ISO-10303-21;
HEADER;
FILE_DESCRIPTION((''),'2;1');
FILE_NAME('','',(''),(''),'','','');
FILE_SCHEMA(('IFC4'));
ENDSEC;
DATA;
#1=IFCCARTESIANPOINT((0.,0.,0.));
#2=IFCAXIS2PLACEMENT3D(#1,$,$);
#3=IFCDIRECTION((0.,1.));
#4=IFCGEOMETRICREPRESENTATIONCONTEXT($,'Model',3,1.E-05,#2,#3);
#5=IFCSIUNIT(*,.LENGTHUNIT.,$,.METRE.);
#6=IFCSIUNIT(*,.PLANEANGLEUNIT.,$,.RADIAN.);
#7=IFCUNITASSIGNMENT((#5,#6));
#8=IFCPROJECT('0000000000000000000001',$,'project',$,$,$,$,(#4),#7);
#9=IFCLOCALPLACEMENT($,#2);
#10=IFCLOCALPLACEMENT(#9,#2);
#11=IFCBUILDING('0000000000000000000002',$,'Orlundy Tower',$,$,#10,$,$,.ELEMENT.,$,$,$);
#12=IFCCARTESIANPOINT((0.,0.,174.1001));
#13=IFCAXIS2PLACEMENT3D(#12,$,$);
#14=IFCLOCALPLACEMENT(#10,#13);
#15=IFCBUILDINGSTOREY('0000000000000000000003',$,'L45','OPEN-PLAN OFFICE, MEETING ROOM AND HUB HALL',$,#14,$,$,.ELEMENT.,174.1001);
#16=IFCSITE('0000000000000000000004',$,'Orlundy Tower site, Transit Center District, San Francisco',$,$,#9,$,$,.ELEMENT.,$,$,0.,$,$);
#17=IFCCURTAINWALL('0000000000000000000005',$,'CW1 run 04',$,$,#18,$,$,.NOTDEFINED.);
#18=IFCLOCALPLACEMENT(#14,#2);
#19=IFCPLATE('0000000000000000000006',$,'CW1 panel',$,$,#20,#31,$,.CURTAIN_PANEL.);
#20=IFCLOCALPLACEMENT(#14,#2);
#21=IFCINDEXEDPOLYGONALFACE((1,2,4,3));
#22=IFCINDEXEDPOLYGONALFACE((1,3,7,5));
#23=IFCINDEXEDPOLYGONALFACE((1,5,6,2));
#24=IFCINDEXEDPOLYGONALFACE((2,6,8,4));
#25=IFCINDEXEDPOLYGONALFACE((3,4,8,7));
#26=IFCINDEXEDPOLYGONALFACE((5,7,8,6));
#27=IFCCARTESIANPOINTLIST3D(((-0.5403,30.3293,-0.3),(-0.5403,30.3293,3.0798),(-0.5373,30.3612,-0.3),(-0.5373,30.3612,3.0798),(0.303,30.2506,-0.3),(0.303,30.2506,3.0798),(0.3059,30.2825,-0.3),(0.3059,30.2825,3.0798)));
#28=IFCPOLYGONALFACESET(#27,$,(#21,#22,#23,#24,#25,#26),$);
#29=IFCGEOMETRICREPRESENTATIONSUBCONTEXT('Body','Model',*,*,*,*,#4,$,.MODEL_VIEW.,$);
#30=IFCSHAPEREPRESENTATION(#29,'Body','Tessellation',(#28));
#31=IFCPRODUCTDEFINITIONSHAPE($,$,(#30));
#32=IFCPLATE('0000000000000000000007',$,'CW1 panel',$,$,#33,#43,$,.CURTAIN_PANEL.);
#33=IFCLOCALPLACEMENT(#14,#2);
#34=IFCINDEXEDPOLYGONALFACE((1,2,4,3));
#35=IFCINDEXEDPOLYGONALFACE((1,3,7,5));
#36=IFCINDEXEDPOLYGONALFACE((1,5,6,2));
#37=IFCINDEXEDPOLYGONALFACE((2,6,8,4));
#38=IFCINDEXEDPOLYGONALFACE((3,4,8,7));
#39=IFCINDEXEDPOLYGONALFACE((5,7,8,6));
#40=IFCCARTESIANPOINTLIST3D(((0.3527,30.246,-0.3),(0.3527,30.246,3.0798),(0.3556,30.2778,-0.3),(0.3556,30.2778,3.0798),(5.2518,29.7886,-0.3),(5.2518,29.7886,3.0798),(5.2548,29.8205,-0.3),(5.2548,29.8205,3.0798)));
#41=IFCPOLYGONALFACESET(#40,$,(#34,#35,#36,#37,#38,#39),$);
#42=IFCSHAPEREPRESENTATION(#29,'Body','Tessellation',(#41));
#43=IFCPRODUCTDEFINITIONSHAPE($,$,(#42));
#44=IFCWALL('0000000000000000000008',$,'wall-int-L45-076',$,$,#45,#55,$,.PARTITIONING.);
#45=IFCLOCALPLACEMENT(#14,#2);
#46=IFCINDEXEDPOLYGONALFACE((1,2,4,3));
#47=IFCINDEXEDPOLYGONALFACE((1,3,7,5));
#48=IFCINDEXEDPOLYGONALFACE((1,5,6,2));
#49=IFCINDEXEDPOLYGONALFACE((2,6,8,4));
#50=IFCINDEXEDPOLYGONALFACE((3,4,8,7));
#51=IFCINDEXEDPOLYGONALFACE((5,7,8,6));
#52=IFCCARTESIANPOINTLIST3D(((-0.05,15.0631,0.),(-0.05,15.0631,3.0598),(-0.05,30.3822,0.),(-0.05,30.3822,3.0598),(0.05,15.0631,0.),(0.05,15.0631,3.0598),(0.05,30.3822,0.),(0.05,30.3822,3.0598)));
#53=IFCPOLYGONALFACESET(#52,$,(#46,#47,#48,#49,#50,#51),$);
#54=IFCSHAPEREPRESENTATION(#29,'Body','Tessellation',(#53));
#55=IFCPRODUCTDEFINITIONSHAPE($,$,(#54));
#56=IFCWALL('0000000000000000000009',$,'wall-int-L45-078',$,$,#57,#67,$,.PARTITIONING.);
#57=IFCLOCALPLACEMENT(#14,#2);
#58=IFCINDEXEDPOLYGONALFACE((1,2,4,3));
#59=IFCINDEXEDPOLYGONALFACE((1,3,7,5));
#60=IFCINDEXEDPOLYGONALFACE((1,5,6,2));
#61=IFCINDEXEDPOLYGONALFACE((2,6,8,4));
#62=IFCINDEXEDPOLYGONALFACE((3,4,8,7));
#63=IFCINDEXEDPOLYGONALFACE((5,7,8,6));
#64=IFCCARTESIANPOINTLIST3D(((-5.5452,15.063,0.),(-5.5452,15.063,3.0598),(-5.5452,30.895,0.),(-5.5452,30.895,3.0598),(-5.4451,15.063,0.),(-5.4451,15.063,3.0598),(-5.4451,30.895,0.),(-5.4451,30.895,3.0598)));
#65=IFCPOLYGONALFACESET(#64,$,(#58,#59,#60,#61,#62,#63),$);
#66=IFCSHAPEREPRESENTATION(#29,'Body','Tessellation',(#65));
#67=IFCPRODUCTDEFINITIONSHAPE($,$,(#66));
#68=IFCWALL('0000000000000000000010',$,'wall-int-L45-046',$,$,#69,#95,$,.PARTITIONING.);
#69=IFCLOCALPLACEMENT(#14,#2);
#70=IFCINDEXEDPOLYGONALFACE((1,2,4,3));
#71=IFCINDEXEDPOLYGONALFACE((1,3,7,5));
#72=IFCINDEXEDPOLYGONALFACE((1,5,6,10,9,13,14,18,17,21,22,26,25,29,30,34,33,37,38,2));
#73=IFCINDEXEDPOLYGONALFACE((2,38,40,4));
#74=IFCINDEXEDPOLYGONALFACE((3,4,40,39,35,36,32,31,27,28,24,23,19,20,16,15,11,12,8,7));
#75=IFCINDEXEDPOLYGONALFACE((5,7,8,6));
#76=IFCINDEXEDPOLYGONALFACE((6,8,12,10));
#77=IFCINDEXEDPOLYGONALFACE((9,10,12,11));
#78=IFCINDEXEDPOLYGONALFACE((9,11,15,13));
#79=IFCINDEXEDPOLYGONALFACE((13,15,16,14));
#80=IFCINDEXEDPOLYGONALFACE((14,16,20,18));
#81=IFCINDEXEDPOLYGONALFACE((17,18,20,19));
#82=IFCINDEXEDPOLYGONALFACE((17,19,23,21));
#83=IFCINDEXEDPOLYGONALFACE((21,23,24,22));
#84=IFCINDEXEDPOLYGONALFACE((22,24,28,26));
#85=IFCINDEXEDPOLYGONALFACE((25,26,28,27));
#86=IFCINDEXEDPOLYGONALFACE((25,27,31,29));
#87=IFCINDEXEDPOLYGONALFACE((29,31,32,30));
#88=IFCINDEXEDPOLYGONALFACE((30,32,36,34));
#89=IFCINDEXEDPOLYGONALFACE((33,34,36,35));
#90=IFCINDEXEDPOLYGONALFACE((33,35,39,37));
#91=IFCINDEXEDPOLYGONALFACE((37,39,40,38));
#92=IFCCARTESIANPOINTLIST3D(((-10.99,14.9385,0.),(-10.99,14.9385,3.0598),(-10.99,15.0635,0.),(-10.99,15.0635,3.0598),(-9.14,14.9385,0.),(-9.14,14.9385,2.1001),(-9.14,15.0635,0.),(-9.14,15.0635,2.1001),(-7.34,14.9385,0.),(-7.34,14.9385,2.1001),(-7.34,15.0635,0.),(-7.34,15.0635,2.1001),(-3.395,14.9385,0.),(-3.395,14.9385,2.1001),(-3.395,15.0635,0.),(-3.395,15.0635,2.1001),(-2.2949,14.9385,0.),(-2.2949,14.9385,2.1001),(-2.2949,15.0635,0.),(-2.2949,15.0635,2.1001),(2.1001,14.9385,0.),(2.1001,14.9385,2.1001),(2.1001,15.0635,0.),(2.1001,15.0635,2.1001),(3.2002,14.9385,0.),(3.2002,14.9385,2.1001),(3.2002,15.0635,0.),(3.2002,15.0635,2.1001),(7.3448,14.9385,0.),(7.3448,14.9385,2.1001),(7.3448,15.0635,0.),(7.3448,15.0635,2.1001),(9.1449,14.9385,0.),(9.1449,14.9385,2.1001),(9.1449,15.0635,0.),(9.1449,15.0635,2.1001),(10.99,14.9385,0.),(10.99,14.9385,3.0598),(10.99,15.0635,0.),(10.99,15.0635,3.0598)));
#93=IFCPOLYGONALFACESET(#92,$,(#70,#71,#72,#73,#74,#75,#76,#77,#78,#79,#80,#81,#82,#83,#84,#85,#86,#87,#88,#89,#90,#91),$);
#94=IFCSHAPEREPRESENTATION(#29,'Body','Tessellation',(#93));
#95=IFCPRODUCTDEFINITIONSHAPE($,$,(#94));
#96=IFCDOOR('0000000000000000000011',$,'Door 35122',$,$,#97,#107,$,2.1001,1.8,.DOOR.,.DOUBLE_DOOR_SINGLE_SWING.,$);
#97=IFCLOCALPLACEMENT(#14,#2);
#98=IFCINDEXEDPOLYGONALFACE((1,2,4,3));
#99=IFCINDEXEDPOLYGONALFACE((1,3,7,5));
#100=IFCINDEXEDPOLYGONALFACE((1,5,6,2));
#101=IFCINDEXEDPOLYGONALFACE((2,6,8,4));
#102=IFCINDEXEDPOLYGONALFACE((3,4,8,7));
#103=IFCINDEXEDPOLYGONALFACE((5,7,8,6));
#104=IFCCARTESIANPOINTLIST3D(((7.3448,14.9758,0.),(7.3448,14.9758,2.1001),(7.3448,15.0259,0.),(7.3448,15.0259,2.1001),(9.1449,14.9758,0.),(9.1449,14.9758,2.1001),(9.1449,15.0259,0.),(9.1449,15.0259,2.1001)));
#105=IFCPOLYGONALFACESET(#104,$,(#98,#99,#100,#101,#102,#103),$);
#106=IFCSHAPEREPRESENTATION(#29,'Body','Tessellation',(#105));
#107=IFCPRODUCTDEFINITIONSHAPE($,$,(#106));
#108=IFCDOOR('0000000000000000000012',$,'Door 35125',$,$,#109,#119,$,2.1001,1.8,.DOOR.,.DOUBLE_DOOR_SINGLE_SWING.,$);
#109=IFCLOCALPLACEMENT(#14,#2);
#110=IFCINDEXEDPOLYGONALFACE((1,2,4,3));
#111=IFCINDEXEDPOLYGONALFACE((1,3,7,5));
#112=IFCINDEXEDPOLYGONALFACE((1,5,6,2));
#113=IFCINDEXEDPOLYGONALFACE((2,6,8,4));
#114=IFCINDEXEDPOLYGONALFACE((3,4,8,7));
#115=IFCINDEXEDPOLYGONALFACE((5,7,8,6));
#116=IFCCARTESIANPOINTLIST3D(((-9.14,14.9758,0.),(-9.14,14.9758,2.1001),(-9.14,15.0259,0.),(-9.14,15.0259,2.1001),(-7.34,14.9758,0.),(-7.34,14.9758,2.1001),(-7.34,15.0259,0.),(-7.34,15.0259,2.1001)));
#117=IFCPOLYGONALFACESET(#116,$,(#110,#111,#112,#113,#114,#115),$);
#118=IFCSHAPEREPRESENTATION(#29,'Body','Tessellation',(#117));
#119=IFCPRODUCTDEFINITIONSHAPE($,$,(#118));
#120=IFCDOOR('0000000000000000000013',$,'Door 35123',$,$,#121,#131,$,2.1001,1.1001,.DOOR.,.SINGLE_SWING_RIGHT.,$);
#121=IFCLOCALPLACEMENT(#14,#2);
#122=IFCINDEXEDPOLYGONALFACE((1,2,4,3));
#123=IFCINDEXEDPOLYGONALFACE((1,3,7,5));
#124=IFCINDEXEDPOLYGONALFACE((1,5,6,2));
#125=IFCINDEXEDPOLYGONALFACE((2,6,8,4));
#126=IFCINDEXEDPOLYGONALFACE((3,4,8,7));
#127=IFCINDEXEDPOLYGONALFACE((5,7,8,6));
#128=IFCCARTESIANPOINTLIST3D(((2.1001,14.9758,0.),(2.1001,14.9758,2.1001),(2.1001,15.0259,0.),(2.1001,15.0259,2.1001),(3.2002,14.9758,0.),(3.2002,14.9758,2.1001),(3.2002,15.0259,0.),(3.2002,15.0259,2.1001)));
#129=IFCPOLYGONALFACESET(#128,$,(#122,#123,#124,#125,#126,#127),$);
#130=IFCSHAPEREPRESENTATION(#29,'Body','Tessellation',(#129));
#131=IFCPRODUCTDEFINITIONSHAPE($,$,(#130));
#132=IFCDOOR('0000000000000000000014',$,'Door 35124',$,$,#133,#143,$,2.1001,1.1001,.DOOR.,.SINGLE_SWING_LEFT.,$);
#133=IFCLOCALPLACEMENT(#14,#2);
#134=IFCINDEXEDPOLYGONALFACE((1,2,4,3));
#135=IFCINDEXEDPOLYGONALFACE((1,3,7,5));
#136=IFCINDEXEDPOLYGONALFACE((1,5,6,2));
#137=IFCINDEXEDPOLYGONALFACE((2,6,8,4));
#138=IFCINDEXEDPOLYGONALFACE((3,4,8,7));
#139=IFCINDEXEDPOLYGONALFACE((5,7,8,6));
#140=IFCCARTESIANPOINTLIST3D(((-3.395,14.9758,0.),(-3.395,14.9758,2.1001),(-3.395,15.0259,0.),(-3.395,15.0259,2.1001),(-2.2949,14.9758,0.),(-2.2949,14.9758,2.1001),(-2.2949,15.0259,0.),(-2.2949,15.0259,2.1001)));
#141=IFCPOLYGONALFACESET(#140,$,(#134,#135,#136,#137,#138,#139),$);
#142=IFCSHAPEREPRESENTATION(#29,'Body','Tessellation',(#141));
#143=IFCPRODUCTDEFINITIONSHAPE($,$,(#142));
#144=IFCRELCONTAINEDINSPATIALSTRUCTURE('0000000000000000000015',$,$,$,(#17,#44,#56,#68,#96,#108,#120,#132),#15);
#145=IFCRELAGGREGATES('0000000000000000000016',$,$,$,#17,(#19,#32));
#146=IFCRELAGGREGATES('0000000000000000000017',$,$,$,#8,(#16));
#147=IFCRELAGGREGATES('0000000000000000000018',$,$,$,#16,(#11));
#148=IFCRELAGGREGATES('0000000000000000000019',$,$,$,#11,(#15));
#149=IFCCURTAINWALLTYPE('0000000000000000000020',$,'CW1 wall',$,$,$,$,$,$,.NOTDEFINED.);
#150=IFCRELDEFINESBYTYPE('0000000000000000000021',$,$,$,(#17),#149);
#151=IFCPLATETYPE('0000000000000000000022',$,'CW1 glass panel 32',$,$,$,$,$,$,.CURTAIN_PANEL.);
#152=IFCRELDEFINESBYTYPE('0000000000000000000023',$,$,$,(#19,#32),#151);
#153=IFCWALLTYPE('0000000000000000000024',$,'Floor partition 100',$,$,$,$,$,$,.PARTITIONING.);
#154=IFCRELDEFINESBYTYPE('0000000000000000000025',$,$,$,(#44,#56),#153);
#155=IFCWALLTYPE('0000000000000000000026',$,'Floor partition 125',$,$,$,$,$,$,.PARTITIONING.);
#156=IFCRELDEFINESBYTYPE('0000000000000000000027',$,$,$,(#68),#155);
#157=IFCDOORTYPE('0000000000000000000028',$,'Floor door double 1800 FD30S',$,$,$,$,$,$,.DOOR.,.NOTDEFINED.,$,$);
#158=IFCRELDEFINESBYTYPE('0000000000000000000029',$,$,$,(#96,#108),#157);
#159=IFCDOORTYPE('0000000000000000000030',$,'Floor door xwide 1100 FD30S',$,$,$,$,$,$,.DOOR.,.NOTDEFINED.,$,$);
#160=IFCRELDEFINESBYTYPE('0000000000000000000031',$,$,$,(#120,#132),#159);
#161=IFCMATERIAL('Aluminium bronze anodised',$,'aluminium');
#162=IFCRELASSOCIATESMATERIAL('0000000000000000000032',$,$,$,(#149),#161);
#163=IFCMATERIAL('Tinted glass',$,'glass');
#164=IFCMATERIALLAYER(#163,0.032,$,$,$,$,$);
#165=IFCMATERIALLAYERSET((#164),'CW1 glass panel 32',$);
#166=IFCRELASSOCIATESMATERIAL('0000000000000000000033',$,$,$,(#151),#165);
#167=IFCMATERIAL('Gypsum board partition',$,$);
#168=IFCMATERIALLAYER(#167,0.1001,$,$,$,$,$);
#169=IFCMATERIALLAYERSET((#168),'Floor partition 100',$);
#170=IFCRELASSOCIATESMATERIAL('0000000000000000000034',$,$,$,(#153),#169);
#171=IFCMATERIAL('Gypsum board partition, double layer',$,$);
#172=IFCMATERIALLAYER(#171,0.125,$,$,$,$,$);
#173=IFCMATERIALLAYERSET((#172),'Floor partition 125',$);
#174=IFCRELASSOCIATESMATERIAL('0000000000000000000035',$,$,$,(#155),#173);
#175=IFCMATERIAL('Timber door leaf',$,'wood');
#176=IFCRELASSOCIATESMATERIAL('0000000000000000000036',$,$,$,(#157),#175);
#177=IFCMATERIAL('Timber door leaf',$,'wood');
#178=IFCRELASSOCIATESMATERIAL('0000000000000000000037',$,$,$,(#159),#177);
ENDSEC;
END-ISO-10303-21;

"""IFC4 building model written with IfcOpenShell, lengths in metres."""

from ifc_helpers import new_model, si_unit, direction, frame, frame_2d, origin, origin_2d, place, context, subcontext, project, spatial, rectangle, extrude, material, layer, layer_set, type_object, element, fill, aggregate, save


model = new_model("IFC4")

# Units and contexts
model_context = context("Model", 3, precision=1e-05, world=origin(), true_north=direction((0.0, 1.0)))
body_context = subcontext(model_context, "Body", "Model", "MODEL_VIEW")
ifc_project = project(units=[si_unit("LENGTHUNIT", "METRE"), si_unit("PLANEANGLEUNIT", "RADIAN")], contexts=[model_context])

# Site, building, storey
site_placement = place(None, origin())
site = spatial("IfcSite", under=ifc_project, at=site_placement, Name="Orlundy Tower site, Transit Center District, San Francisco", CompositionType="ELEMENT", RefElevation=0.0)
building_placement = place(site_placement, origin())
building = spatial("IfcBuilding", under=site, at=building_placement, Name="Orlundy Tower", CompositionType="ELEMENT")
storey_placement = place(building_placement, frame((0.0, 0.0, 174.1001)))
storey = spatial("IfcBuildingStorey", under=building, at=storey_placement, Name="L45", Description="OPEN-PLAN OFFICE, MEETING ROOM AND HUB HALL", CompositionType="ELEMENT", Elevation=174.1001)

# Curtain wall
ifc_material_1 = material(Name="Aluminium bronze anodised", Category="aluminium")
curtain_wall_type = type_object("IfcCurtainWallType", Name="CW1 wall", PredefinedType="NOTDEFINED", material=ifc_material_1)
curtain_wall_1_placement = place(storey_placement, origin())
curtain_wall_1 = element("IfcCurtainWall", 1, at=curtain_wall_1_placement, inside=storey, type_object=curtain_wall_type, Name="CW1 run 04", PredefinedType="NOTDEFINED")

# Plates
ifc_material_2 = material(Name="Tinted glass", Category="glass")
ifc_layer_1 = layer(ifc_material_2, 0.032)
ifc_layer_set_1 = layer_set([ifc_layer_1], Name="CW1 glass panel 32")
plate_type = type_object("IfcPlateType", Name="CW1 glass panel 32", PredefinedType="CURTAIN_PANEL", material=ifc_layer_set_1)
plate_1_placement = place(storey_placement, frame((-0.1172, 30.3059, -0.3), z_axis=(0.0, 0.0, 1.0), x_axis=(0.995671, -0.092948, 0.0)))
plate_1 = element("IfcPlate", 2, at=plate_1_placement, type_object=plate_type, Name="CW1 panel", PredefinedType="CURTAIN_PANEL", context=body_context, shape_type="SweptSolid", body=[
    extrude(rectangle(XDim=0.8469, YDim=0.032, at=origin_2d()), origin(), (0.0, 0.0, 1.0), 3.3799),
])
plate_2_placement = place(storey_placement, frame((2.8037, 30.0332, -0.3), z_axis=(0.0, 0.0, 1.0), x_axis=(0.995671, -0.092948, 0.0)))
plate_2 = element("IfcPlate", 3, at=plate_2_placement, type_object=plate_type, Name="CW1 panel", PredefinedType="CURTAIN_PANEL", context=body_context, shape_type="SweptSolid", body=[
    extrude(rectangle(XDim=4.9204, YDim=0.032, at=origin_2d()), origin(), (0.0, 0.0, 1.0), 3.3799),
])
aggregate(curtain_wall_1, [plate_1, plate_2])

# Walls
ifc_material_3 = material(Name="Gypsum board partition")
ifc_layer_2 = layer(ifc_material_3, 0.1001)
ifc_layer_set_2 = layer_set([ifc_layer_2], Name="Floor partition 100")
wall_type_1 = type_object("IfcWallType", Name="Floor partition 100", PredefinedType="PARTITIONING", material=ifc_layer_set_2)
wall_1_placement = place(storey_placement, frame((0.0, 15.063, 0.0), z_axis=(0.0, 0.0, 1.0), x_axis=(0.0, 1.0, 0.0)))
element("IfcWall", 4, at=wall_1_placement, inside=storey, type_object=wall_type_1, Name="wall-int-L45-076", PredefinedType="PARTITIONING", context=body_context, shape_type="SweptSolid", body=[
    extrude(rectangle(XDim=15.3191, YDim=0.1001, at=frame_2d((7.6597, 0.0))), origin(), (0.0, 0.0, 1.0), 3.0598),
])
wall_2_placement = place(storey_placement, frame((-5.4951, 15.063, 0.0), z_axis=(0.0, 0.0, 1.0), x_axis=(0.0, 1.0, 0.0)))
element("IfcWall", 5, at=wall_2_placement, inside=storey, type_object=wall_type_1, Name="wall-int-L45-078", PredefinedType="PARTITIONING", context=body_context, shape_type="SweptSolid", body=[
    extrude(rectangle(XDim=15.832, YDim=0.1001, at=frame_2d((7.916, 0.0))), origin(), (0.0, 0.0, 1.0), 3.0598),
])

# Wall, openings, doors
ifc_material_4 = material(Name="Gypsum board partition, double layer")
ifc_layer_3 = layer(ifc_material_4, 0.125)
ifc_layer_set_3 = layer_set([ifc_layer_3], Name="Floor partition 125")
wall_type_2 = type_object("IfcWallType", Name="Floor partition 125", PredefinedType="PARTITIONING", material=ifc_layer_set_3)
wall_3_placement = place(storey_placement, frame((-10.99, 15.001, 0.0), z_axis=(0.0, 0.0, 1.0), x_axis=(1.0, 0.0, 0.0)))
wall_3 = element("IfcWall", 6, at=wall_3_placement, inside=storey, type_object=wall_type_2, Name="wall-int-L45-046", PredefinedType="PARTITIONING", context=body_context, shape_type="SweptSolid", body=[
    extrude(rectangle(XDim=21.98, YDim=0.125, at=frame_2d((10.99, 0.0))), origin(), (0.0, 0.0, 1.0), 3.0598),
])
opening_1_placement = place(wall_3_placement, frame((18.335, 0.0, 0.0)))
opening_1 = element("IfcOpeningElement", 7, at=opening_1_placement, cuts=wall_3, PredefinedType="OPENING", context=body_context, shape_type="SweptSolid", body=[
    extrude(rectangle(XDim=1.8, YDim=2.1001, at=frame_2d((0.8999, 1.05))), frame((0.0, 0.0725, 0.0), z_axis=(0.0, -1.0, 0.0), x_axis=(1.0, 0.0, 0.0)), (0.0, 0.0, 1.0), 0.145),
])
opening_2_placement = place(wall_3_placement, frame((13.0901, 0.0, 0.0)))
opening_2 = element("IfcOpeningElement", 8, at=opening_2_placement, cuts=wall_3, PredefinedType="OPENING", context=body_context, shape_type="SweptSolid", body=[
    extrude(rectangle(XDim=1.1001, YDim=2.1001, at=frame_2d((0.55, 1.05))), frame((0.0, 0.0725, 0.0), z_axis=(0.0, -1.0, 0.0), x_axis=(1.0, 0.0, 0.0)), (0.0, 0.0, 1.0), 0.145),
])
opening_3_placement = place(wall_3_placement, frame((7.595, 0.0, 0.0)))
opening_3 = element("IfcOpeningElement", 9, at=opening_3_placement, cuts=wall_3, PredefinedType="OPENING", context=body_context, shape_type="SweptSolid", body=[
    extrude(rectangle(XDim=1.1001, YDim=2.1001, at=frame_2d((0.55, 1.05))), frame((0.0, 0.0725, 0.0), z_axis=(0.0, -1.0, 0.0), x_axis=(1.0, 0.0, 0.0)), (0.0, 0.0, 1.0), 0.145),
])
opening_4_placement = place(wall_3_placement, frame((1.8501, 0.0, 0.0)))
opening_4 = element("IfcOpeningElement", 10, at=opening_4_placement, cuts=wall_3, PredefinedType="OPENING", context=body_context, shape_type="SweptSolid", body=[
    extrude(rectangle(XDim=1.8, YDim=2.1001, at=frame_2d((0.8999, 1.05))), frame((0.0, 0.0725, 0.0), z_axis=(0.0, -1.0, 0.0), x_axis=(1.0, 0.0, 0.0)), (0.0, 0.0, 1.0), 0.145),
])
ifc_material_5 = material(Name="Timber door leaf", Category="wood")
door_type_1 = type_object("IfcDoorType", Name="Floor door double 1800 FD30S", OperationType="NOTDEFINED", PredefinedType="DOOR", material=ifc_material_5)
door_1_placement = place(opening_1_placement, origin())
door_1 = element("IfcDoor", 11, at=door_1_placement, inside=storey, type_object=door_type_1, Name="Door 35122", OperationType="DOUBLE_DOOR_SINGLE_SWING", OverallHeight=2.1001, OverallWidth=1.8, PredefinedType="DOOR", context=body_context, shape_type="SweptSolid", body=[
    extrude(rectangle(XDim=1.8, YDim=2.1001, at=frame_2d((0.8999, 1.05))), frame((0.0, 0.0249, 0.0), z_axis=(0.0, -1.0, 0.0), x_axis=(1.0, 0.0, 0.0)), (0.0, 0.0, 1.0), 0.05),
])
fill(opening_1, door_1)
door_2_placement = place(opening_4_placement, origin())
door_2 = element("IfcDoor", 12, at=door_2_placement, inside=storey, type_object=door_type_1, Name="Door 35125", OperationType="DOUBLE_DOOR_SINGLE_SWING", OverallHeight=2.1001, OverallWidth=1.8, PredefinedType="DOOR", context=body_context, shape_type="SweptSolid", body=[
    extrude(rectangle(XDim=1.8, YDim=2.1001, at=frame_2d((0.8999, 1.05))), frame((0.0, 0.0249, 0.0), z_axis=(0.0, -1.0, 0.0), x_axis=(1.0, 0.0, 0.0)), (0.0, 0.0, 1.0), 0.05),
])
fill(opening_4, door_2)
ifc_material_6 = material(Name="Timber door leaf", Category="wood")
door_type_2 = type_object("IfcDoorType", Name="Floor door xwide 1100 FD30S", OperationType="NOTDEFINED", PredefinedType="DOOR", material=ifc_material_6)
door_3_placement = place(opening_2_placement, origin())
door_3 = element("IfcDoor", 13, at=door_3_placement, inside=storey, type_object=door_type_2, Name="Door 35123", OperationType="SINGLE_SWING_RIGHT", OverallHeight=2.1001, OverallWidth=1.1001, PredefinedType="DOOR", context=body_context, shape_type="SweptSolid", body=[
    extrude(rectangle(XDim=1.1001, YDim=2.1001, at=frame_2d((0.55, 1.05))), frame((0.0, 0.0249, 0.0), z_axis=(0.0, -1.0, 0.0), x_axis=(1.0, 0.0, 0.0)), (0.0, 0.0, 1.0), 0.05),
])
fill(opening_2, door_3)
door_4_placement = place(opening_3_placement, origin())
door_4 = element("IfcDoor", 14, at=door_4_placement, inside=storey, type_object=door_type_2, Name="Door 35124", OperationType="SINGLE_SWING_LEFT", OverallHeight=2.1001, OverallWidth=1.1001, PredefinedType="DOOR", context=body_context, shape_type="SweptSolid", body=[
    extrude(rectangle(XDim=1.1001, YDim=2.1001, at=frame_2d((0.55, 1.05))), frame((0.0, 0.0249, 0.0), z_axis=(0.0, -1.0, 0.0), x_axis=(1.0, 0.0, 0.0)), (0.0, 0.0, 1.0), 0.05),
])
fill(opening_3, door_4)

save(model, "model.ifc")
